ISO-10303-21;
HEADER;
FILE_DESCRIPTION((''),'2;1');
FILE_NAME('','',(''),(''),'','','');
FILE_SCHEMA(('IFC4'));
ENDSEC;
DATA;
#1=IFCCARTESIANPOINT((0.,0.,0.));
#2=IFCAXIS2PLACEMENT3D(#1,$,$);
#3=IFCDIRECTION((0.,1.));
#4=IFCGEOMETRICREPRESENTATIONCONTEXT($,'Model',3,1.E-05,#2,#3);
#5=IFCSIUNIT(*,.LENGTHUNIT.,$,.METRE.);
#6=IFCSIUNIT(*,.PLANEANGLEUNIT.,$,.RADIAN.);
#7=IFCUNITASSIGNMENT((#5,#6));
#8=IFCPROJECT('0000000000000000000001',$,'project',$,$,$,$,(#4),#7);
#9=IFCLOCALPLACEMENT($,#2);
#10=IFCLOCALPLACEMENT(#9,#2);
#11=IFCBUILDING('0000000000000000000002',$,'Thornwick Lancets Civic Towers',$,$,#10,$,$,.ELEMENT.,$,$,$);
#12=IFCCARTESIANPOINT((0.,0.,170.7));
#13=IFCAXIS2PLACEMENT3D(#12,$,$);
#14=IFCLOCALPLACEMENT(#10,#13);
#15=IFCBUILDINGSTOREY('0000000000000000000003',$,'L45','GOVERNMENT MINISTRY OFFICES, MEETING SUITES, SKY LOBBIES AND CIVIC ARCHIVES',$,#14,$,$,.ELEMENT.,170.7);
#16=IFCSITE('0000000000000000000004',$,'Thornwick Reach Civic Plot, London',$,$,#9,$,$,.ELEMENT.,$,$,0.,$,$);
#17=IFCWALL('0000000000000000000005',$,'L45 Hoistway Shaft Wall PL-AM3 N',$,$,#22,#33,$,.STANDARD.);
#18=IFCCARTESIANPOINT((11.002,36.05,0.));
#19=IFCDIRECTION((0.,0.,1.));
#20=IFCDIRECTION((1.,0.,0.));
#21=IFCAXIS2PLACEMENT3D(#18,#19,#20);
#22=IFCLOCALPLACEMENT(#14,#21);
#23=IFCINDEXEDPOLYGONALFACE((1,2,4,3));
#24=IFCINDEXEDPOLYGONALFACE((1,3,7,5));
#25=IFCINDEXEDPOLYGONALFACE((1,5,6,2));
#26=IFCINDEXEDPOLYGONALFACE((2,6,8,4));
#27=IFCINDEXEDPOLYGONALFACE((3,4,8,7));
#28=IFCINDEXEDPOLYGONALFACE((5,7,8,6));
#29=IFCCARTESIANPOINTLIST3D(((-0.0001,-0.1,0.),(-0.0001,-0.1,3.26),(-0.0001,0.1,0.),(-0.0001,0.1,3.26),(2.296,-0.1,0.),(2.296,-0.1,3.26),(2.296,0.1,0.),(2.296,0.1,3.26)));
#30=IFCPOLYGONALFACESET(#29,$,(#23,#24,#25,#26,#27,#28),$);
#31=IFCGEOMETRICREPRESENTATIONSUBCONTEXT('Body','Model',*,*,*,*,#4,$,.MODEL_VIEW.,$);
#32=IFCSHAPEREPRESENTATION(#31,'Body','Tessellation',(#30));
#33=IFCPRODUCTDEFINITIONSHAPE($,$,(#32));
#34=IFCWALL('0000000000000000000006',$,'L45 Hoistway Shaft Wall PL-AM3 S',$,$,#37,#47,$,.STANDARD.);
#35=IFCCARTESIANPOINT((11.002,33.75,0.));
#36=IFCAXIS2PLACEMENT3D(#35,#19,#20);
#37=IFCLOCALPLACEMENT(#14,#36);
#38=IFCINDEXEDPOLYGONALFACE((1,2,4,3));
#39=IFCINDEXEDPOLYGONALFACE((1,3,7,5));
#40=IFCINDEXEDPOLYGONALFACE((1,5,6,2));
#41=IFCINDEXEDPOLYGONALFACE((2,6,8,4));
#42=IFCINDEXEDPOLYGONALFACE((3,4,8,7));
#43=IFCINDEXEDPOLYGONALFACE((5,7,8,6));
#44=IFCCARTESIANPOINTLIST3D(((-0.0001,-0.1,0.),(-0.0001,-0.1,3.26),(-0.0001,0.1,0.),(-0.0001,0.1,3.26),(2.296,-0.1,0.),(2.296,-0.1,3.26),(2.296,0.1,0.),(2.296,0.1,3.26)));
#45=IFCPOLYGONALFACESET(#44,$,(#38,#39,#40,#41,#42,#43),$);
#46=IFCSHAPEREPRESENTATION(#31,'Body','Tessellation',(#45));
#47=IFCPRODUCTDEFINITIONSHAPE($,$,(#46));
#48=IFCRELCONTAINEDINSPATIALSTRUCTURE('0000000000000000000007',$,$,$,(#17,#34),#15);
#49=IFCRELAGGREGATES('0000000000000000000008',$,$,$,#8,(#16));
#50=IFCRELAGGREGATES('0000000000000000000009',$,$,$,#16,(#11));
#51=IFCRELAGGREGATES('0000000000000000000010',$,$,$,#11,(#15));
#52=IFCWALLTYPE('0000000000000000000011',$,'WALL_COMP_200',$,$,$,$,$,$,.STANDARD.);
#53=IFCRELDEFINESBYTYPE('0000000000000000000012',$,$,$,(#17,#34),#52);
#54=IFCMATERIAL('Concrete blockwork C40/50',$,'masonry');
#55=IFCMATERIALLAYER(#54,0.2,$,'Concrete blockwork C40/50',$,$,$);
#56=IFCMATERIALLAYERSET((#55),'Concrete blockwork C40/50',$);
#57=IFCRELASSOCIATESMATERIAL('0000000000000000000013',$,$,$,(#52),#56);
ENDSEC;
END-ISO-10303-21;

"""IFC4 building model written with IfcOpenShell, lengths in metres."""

from ifc_helpers import new_model, si_unit, direction, frame, frame_2d, origin, place, context, subcontext, project, spatial, rectangle, extrude, material, layer, layer_set, type_object, element, save


model = new_model("IFC4")

# Units and contexts
model_context = context("Model", 3, precision=1e-05, world=origin(), true_north=direction((0.0, 1.0)))
body_context = subcontext(model_context, "Body", "Model", "MODEL_VIEW")
ifc_project = project(units=[si_unit("LENGTHUNIT", "METRE"), si_unit("PLANEANGLEUNIT", "RADIAN")], contexts=[model_context])

# Site, building, storey
site_placement = place(None, origin())
site = spatial("IfcSite", under=ifc_project, at=site_placement, Name="Thornwick Reach Civic Plot, London", CompositionType="ELEMENT", RefElevation=0.0)
building_placement = place(site_placement, origin())
building = spatial("IfcBuilding", under=site, at=building_placement, Name="Thornwick Lancets Civic Towers", CompositionType="ELEMENT")
storey_placement = place(building_placement, frame((0.0, 0.0, 170.7)))
storey = spatial("IfcBuildingStorey", under=building, at=storey_placement, Name="L45", Description="GOVERNMENT MINISTRY OFFICES, MEETING SUITES, SKY LOBBIES AND CIVIC ARCHIVES", CompositionType="ELEMENT", Elevation=170.7)

# Shared definitions
ifc_material_1 = material(Name="Concrete blockwork C40/50", Category="masonry")
ifc_layer_1 = layer(ifc_material_1, 0.2, Name="Concrete blockwork C40/50")
ifc_layer_set_1 = layer_set([ifc_layer_1], Name="Concrete blockwork C40/50")
wall_type_1 = type_object("IfcWallType", Name="WALL_COMP_200", PredefinedType="STANDARD", material=ifc_layer_set_1)

# Walls
for number, where, z_axis, x_axis, name in (
    (1, (11.002, 36.05, 0.0), (0.0, 0.0, 1.0), (1.0, 0.0, 0.0), "L45 Hoistway Shaft Wall PL-AM3 N"),
    (2, (11.002, 33.75, 0.0), (0.0, 0.0, 1.0), (1.0, 0.0, 0.0), "L45 Hoistway Shaft Wall PL-AM3 S"),
):
    element("IfcWall", number, at=place(storey_placement, frame(where, z_axis=z_axis, x_axis=x_axis)), inside=storey, type_object=wall_type_1, Name=name, PredefinedType="STANDARD", context=body_context, shape_type="SweptSolid", body=[
        extrude(rectangle(XDim=2.2961, YDim=0.2, at=frame_2d((1.1479, 0.0))), origin(), (0.0, 0.0, 1.0), 3.26),
    ])

save(model, "model.ifc")
